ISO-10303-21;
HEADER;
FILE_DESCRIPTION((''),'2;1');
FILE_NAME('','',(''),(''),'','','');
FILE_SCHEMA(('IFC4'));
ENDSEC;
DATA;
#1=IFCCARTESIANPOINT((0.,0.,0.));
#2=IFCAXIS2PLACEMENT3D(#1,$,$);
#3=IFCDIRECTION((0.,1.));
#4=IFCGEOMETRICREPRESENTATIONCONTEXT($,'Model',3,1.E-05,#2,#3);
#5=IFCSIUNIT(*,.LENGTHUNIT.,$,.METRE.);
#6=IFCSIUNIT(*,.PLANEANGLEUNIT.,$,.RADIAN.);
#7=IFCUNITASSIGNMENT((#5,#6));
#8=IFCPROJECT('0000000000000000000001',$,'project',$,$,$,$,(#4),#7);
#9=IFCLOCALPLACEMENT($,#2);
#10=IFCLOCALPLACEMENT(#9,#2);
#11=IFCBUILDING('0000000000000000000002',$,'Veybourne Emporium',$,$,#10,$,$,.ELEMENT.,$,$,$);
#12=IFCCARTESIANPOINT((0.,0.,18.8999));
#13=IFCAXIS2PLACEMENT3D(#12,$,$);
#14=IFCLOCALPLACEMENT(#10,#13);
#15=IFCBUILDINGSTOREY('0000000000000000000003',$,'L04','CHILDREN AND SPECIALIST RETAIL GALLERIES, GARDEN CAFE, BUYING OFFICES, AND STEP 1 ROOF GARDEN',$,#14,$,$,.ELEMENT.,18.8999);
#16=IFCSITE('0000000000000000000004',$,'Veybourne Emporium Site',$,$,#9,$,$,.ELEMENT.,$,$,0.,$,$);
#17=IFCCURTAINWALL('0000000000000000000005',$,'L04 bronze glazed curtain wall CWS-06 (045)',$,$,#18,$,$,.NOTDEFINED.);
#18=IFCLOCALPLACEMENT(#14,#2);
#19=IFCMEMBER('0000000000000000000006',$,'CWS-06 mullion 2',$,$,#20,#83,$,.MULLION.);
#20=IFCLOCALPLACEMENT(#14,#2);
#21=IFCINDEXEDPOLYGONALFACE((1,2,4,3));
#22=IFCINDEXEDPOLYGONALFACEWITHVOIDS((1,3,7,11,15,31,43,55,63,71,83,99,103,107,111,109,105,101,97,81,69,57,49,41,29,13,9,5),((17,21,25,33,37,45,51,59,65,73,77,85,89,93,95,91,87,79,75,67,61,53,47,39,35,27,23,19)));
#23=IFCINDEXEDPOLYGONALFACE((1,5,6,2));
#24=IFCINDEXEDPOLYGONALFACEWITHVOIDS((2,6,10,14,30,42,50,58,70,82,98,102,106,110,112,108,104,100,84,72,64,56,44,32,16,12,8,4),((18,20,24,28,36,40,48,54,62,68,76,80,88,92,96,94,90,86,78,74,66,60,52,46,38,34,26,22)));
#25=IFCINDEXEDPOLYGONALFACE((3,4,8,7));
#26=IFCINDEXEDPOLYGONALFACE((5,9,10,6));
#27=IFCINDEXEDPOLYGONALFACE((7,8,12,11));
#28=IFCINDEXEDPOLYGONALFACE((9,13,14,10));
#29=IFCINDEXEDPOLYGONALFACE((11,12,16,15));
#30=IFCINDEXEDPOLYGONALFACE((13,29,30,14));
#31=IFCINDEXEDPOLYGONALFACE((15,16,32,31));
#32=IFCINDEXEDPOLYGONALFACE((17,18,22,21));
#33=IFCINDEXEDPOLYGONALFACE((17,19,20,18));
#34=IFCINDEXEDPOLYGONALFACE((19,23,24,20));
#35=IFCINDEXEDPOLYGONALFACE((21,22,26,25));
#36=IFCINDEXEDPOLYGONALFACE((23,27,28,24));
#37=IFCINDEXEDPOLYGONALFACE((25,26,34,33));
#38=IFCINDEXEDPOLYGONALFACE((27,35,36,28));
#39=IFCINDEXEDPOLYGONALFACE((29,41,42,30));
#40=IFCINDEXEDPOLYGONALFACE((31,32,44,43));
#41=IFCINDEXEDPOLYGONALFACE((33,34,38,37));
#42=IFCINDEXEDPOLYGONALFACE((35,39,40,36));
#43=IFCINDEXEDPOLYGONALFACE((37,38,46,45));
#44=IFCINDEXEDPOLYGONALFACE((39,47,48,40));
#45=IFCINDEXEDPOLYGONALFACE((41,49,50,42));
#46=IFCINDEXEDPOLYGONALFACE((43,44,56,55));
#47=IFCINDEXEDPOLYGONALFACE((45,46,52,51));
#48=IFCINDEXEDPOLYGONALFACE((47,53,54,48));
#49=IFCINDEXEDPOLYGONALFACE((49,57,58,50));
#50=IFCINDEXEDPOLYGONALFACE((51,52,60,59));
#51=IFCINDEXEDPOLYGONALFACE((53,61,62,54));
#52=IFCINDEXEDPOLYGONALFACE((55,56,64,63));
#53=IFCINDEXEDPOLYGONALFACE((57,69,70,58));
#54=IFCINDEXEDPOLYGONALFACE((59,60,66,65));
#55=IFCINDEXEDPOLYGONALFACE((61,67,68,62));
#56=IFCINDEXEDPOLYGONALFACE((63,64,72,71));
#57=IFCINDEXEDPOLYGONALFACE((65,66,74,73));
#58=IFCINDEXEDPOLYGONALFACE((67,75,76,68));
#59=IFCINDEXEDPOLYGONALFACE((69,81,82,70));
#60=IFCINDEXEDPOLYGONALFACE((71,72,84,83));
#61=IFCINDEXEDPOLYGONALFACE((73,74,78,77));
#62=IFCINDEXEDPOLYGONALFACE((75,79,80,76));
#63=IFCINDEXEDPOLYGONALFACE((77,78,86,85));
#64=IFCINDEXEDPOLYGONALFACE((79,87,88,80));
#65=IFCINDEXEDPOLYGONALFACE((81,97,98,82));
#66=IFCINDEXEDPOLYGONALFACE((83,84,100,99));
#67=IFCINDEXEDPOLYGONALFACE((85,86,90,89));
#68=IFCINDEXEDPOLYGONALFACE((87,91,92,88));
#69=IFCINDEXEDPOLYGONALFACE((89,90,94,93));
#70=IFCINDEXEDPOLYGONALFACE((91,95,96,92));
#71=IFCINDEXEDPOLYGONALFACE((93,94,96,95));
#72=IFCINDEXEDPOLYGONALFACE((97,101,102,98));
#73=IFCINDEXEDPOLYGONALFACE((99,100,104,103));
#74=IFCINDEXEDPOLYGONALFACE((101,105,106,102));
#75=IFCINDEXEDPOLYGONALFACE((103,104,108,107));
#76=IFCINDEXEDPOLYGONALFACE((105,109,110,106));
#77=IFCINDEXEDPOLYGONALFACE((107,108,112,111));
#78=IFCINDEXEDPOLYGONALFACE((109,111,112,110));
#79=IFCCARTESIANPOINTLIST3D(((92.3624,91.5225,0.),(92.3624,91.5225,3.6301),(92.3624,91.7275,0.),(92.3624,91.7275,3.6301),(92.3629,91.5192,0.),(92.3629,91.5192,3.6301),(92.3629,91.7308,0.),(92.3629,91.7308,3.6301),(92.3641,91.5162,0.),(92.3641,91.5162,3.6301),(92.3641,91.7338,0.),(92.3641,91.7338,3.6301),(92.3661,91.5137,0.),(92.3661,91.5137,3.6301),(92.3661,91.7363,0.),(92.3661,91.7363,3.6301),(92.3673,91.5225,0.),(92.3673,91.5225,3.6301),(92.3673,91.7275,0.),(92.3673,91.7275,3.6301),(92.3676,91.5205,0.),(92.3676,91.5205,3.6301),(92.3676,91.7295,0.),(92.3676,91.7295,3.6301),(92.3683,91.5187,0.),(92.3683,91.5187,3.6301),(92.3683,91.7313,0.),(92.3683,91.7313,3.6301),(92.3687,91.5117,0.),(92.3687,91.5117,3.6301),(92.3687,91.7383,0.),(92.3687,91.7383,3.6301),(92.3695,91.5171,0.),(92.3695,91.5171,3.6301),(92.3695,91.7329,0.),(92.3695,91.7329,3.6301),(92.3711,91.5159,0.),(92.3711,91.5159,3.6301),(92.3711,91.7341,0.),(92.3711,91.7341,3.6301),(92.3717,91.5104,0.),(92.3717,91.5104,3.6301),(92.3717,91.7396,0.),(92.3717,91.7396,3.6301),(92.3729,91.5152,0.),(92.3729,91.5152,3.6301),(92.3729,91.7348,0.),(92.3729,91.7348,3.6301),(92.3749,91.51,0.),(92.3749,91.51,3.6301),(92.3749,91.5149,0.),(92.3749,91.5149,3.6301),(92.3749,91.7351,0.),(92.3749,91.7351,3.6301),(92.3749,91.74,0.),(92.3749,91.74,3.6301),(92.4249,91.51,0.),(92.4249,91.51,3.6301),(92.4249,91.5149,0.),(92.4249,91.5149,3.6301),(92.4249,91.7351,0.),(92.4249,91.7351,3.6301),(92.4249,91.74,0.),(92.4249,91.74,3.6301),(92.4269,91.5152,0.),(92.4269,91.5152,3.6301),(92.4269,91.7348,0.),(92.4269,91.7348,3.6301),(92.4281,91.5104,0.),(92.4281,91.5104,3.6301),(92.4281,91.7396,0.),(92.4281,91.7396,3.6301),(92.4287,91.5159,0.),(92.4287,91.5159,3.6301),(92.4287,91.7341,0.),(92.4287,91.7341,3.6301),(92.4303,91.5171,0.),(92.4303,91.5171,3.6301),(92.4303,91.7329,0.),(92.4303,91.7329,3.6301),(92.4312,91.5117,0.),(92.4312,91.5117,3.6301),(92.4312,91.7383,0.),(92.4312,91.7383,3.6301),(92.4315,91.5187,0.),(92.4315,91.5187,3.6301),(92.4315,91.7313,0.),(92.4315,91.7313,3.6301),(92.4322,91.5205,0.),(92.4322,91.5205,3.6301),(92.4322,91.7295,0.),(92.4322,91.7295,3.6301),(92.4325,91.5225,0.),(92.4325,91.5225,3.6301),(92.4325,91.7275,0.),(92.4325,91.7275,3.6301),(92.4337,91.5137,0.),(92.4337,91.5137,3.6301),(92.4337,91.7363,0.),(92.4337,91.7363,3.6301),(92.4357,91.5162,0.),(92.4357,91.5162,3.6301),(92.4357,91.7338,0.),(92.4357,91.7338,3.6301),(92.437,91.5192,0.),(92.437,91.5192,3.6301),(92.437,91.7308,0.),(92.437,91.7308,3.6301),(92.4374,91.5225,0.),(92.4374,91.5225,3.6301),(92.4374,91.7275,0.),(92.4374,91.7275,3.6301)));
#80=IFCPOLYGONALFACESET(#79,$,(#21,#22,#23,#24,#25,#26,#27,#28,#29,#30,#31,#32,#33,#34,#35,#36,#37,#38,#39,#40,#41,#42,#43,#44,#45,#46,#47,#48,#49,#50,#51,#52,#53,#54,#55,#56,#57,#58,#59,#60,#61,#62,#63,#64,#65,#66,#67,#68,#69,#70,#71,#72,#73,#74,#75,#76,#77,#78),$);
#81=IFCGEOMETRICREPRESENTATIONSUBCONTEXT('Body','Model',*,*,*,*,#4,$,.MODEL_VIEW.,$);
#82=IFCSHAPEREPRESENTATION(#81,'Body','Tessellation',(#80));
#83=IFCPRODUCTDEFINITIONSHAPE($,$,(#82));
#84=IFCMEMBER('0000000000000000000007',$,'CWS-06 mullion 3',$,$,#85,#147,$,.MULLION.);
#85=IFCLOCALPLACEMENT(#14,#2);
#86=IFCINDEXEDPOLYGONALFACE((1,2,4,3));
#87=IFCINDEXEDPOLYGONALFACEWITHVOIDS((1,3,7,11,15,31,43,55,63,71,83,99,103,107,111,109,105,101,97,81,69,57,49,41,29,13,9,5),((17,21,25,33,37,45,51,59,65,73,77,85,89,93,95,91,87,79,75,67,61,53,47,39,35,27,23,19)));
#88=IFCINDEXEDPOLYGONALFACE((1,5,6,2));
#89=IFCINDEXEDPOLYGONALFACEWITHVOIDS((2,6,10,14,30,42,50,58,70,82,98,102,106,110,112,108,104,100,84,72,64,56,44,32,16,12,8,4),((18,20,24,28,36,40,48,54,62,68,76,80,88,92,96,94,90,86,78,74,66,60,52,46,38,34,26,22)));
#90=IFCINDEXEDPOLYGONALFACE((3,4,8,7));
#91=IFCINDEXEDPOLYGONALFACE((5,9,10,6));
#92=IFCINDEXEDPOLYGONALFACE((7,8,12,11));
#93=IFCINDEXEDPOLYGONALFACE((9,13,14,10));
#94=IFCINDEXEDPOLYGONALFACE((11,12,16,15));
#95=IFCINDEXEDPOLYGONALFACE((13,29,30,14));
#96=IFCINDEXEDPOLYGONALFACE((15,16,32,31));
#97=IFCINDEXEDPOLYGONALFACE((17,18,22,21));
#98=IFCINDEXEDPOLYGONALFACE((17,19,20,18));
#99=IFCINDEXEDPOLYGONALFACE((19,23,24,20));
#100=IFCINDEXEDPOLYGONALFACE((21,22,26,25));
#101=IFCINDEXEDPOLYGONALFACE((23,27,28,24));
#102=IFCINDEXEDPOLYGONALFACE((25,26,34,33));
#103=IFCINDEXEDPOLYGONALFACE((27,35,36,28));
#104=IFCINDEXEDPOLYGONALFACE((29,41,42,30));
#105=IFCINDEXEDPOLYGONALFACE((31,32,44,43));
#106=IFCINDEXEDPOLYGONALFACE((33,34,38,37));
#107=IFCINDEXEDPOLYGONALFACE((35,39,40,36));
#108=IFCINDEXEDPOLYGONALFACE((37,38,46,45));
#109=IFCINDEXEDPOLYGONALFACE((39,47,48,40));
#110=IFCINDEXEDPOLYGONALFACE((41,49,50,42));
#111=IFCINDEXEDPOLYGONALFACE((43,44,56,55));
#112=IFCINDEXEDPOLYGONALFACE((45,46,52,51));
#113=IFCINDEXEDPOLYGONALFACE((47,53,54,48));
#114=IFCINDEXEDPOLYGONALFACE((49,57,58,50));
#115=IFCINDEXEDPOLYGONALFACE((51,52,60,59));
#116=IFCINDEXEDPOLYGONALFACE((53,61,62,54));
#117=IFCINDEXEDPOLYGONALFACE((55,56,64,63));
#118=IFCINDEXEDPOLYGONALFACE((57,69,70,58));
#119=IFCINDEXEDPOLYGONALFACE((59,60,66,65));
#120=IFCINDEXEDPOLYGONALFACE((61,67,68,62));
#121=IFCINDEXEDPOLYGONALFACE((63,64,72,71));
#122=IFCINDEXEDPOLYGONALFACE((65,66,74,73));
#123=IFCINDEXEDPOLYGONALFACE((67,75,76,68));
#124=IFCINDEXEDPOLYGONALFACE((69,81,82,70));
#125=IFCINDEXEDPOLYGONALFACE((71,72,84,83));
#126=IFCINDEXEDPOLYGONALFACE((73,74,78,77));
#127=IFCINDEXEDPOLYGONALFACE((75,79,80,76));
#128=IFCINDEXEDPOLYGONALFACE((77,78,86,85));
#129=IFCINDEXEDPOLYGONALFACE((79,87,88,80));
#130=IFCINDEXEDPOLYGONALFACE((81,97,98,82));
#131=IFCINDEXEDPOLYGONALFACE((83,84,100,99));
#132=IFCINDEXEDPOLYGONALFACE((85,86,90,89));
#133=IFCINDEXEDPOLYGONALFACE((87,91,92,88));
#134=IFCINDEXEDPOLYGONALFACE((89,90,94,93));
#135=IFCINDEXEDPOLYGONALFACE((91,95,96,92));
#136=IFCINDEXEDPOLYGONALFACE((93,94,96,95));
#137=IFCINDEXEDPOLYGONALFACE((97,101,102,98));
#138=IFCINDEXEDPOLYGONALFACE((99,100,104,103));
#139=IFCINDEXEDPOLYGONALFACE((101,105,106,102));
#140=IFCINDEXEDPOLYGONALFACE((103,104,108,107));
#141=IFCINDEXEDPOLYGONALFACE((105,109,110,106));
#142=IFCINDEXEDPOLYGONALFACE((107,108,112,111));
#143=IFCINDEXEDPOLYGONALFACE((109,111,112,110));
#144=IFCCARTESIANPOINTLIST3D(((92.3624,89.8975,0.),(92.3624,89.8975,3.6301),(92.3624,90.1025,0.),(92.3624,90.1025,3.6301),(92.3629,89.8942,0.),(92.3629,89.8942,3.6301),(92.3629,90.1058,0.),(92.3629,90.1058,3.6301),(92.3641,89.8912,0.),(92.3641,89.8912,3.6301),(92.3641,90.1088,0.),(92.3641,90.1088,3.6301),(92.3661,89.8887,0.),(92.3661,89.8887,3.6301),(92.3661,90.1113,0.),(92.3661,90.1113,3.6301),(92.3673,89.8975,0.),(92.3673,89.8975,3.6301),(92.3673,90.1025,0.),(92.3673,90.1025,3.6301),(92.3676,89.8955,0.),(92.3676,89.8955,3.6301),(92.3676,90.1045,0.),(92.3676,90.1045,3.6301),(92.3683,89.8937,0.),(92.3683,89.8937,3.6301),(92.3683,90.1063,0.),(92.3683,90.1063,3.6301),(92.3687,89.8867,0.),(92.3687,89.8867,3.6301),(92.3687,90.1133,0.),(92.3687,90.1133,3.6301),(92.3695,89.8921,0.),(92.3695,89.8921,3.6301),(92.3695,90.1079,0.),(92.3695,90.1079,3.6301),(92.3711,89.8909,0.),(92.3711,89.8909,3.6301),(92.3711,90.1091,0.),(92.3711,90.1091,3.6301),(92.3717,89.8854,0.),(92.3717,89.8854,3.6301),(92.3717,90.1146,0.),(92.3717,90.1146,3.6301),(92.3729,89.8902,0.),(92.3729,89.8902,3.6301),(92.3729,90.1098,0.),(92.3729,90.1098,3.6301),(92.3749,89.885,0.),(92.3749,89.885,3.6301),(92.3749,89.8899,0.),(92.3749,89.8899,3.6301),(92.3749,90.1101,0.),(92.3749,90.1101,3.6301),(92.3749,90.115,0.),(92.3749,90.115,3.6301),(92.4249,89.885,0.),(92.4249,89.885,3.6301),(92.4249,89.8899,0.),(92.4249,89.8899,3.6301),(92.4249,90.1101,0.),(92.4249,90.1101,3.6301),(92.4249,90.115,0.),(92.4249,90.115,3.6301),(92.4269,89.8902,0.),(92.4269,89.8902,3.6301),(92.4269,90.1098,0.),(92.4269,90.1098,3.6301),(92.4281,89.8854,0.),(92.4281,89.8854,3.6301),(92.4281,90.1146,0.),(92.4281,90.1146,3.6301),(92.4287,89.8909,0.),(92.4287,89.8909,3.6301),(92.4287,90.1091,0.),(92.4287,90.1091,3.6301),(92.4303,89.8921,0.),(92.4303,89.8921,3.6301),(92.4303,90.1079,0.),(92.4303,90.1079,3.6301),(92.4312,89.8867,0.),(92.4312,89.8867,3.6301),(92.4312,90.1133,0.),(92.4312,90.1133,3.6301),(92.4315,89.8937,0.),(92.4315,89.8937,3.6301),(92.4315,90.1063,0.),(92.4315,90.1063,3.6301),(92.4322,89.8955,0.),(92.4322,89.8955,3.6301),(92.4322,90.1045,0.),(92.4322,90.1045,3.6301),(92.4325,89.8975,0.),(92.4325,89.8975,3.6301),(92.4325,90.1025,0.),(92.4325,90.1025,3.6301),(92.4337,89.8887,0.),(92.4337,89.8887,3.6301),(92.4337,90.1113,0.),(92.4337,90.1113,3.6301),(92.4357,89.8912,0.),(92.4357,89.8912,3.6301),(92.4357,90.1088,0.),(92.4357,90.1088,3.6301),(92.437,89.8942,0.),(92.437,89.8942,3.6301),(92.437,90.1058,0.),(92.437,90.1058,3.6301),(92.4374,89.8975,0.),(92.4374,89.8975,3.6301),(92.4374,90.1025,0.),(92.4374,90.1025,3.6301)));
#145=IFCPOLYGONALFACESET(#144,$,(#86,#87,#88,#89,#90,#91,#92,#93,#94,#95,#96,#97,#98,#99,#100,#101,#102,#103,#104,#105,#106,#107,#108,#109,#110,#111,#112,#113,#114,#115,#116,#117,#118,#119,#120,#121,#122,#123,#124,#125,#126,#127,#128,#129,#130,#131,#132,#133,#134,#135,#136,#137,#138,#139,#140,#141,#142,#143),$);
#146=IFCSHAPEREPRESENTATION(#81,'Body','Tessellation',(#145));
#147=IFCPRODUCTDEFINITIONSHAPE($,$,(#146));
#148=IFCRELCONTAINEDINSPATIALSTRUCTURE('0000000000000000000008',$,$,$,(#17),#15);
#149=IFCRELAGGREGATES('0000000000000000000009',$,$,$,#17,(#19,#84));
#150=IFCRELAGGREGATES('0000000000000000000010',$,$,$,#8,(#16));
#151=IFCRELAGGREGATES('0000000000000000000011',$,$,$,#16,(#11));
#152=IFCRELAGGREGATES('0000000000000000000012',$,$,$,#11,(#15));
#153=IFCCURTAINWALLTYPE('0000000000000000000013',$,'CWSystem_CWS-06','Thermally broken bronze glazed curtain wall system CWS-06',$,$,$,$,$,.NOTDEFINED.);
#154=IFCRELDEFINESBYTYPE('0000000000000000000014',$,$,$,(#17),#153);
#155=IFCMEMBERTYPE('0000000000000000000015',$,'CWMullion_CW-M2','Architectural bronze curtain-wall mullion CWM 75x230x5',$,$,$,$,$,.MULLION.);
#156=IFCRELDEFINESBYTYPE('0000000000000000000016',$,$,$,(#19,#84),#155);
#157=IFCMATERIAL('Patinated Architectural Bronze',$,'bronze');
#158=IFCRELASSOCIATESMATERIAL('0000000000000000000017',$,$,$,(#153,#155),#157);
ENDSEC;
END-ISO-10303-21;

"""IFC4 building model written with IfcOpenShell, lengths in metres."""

from ifc_helpers import new_model, si_unit, direction, frame, origin, origin_2d, place, context, subcontext, project, spatial, hollow_rectangle, extrude, material, material_profile, profile_set, type_object, element, aggregate, save


model = new_model("IFC4")

# Units and contexts
model_context = context("Model", 3, precision=1e-05, world=origin(), true_north=direction((0.0, 1.0)))
body_context = subcontext(model_context, "Body", "Model", "MODEL_VIEW")
ifc_project = project(units=[si_unit("LENGTHUNIT", "METRE"), si_unit("PLANEANGLEUNIT", "RADIAN")], contexts=[model_context])

# Site, building, storey
site_placement = place(None, origin())
site = spatial("IfcSite", under=ifc_project, at=site_placement, Name="Veybourne Emporium Site", CompositionType="ELEMENT", RefElevation=0.0)
building_placement = place(site_placement, origin())
building = spatial("IfcBuilding", under=site, at=building_placement, Name="Veybourne Emporium", CompositionType="ELEMENT")
storey_placement = place(building_placement, frame((0.0, 0.0, 18.8999)))
storey = spatial("IfcBuildingStorey", under=building, at=storey_placement, Name="L04", Description="CHILDREN AND SPECIALIST RETAIL GALLERIES, GARDEN CAFE, BUYING OFFICES, AND STEP 1 ROOF GARDEN", CompositionType="ELEMENT", Elevation=18.8999)

# Curtain wall, members
ifc_material_1 = material(Name="Patinated Architectural Bronze", Category="bronze")
curtain_wall_type = type_object("IfcCurtainWallType", Name="CWSystem_CWS-06", Description="Thermally broken bronze glazed curtain wall system CWS-06", PredefinedType="NOTDEFINED", material=ifc_material_1)
curtain_wall_placement = place(storey_placement, origin())
curtain_wall = element("IfcCurtainWall", 1, at=curtain_wall_placement, inside=storey, type_object=curtain_wall_type, Name="L04 bronze glazed curtain wall CWS-06 (045)", PredefinedType="NOTDEFINED")
ifc_material_profile_1 = material_profile(ifc_material_1, hollow_rectangle(XDim=0.075, YDim=0.23, WallThickness=0.0049, InnerFilletRadius=0.0076, OuterFilletRadius=0.0125, at=origin_2d()), Name="CWM 75x230x5")
ifc_profile_set_1 = profile_set([ifc_material_profile_1], Name="Patinated Architectural Bronze")
member_type_1 = type_object("IfcMemberType", Name="CWMullion_CW-M2", Description="Architectural bronze curtain-wall mullion CWM 75x230x5", PredefinedType="MULLION", material=ifc_profile_set_1)
member_1_placement = place(storey_placement, frame((92.3999, 91.625, 0.0), z_axis=(0.0, 0.0, 1.0), x_axis=(1.0, 0.0, 0.0)))
member_1 = element("IfcMember", 2, at=member_1_placement, type_object=member_type_1, Name="CWS-06 mullion 2", PredefinedType="MULLION", context=body_context, shape_type="SweptSolid", body=[
    extrude(hollow_rectangle(XDim=0.075, YDim=0.23, WallThickness=0.0049, InnerFilletRadius=0.0076, OuterFilletRadius=0.0125, at=origin_2d()), origin(), (0.0, 0.0, 1.0), 3.6301),
])
member_2_placement = place(storey_placement, frame((92.3999, 90.0, 0.0), z_axis=(0.0, 0.0, 1.0), x_axis=(1.0, 0.0, 0.0)))
member_2 = element("IfcMember", 3, at=member_2_placement, type_object=member_type_1, Name="CWS-06 mullion 3", PredefinedType="MULLION", context=body_context, shape_type="SweptSolid", body=[
    extrude(hollow_rectangle(XDim=0.075, YDim=0.23, WallThickness=0.0049, InnerFilletRadius=0.0076, OuterFilletRadius=0.0125, at=origin_2d()), origin(), (0.0, 0.0, 1.0), 3.6301),
])
aggregate(curtain_wall, [member_1, member_2])

save(model, "model.ifc")
